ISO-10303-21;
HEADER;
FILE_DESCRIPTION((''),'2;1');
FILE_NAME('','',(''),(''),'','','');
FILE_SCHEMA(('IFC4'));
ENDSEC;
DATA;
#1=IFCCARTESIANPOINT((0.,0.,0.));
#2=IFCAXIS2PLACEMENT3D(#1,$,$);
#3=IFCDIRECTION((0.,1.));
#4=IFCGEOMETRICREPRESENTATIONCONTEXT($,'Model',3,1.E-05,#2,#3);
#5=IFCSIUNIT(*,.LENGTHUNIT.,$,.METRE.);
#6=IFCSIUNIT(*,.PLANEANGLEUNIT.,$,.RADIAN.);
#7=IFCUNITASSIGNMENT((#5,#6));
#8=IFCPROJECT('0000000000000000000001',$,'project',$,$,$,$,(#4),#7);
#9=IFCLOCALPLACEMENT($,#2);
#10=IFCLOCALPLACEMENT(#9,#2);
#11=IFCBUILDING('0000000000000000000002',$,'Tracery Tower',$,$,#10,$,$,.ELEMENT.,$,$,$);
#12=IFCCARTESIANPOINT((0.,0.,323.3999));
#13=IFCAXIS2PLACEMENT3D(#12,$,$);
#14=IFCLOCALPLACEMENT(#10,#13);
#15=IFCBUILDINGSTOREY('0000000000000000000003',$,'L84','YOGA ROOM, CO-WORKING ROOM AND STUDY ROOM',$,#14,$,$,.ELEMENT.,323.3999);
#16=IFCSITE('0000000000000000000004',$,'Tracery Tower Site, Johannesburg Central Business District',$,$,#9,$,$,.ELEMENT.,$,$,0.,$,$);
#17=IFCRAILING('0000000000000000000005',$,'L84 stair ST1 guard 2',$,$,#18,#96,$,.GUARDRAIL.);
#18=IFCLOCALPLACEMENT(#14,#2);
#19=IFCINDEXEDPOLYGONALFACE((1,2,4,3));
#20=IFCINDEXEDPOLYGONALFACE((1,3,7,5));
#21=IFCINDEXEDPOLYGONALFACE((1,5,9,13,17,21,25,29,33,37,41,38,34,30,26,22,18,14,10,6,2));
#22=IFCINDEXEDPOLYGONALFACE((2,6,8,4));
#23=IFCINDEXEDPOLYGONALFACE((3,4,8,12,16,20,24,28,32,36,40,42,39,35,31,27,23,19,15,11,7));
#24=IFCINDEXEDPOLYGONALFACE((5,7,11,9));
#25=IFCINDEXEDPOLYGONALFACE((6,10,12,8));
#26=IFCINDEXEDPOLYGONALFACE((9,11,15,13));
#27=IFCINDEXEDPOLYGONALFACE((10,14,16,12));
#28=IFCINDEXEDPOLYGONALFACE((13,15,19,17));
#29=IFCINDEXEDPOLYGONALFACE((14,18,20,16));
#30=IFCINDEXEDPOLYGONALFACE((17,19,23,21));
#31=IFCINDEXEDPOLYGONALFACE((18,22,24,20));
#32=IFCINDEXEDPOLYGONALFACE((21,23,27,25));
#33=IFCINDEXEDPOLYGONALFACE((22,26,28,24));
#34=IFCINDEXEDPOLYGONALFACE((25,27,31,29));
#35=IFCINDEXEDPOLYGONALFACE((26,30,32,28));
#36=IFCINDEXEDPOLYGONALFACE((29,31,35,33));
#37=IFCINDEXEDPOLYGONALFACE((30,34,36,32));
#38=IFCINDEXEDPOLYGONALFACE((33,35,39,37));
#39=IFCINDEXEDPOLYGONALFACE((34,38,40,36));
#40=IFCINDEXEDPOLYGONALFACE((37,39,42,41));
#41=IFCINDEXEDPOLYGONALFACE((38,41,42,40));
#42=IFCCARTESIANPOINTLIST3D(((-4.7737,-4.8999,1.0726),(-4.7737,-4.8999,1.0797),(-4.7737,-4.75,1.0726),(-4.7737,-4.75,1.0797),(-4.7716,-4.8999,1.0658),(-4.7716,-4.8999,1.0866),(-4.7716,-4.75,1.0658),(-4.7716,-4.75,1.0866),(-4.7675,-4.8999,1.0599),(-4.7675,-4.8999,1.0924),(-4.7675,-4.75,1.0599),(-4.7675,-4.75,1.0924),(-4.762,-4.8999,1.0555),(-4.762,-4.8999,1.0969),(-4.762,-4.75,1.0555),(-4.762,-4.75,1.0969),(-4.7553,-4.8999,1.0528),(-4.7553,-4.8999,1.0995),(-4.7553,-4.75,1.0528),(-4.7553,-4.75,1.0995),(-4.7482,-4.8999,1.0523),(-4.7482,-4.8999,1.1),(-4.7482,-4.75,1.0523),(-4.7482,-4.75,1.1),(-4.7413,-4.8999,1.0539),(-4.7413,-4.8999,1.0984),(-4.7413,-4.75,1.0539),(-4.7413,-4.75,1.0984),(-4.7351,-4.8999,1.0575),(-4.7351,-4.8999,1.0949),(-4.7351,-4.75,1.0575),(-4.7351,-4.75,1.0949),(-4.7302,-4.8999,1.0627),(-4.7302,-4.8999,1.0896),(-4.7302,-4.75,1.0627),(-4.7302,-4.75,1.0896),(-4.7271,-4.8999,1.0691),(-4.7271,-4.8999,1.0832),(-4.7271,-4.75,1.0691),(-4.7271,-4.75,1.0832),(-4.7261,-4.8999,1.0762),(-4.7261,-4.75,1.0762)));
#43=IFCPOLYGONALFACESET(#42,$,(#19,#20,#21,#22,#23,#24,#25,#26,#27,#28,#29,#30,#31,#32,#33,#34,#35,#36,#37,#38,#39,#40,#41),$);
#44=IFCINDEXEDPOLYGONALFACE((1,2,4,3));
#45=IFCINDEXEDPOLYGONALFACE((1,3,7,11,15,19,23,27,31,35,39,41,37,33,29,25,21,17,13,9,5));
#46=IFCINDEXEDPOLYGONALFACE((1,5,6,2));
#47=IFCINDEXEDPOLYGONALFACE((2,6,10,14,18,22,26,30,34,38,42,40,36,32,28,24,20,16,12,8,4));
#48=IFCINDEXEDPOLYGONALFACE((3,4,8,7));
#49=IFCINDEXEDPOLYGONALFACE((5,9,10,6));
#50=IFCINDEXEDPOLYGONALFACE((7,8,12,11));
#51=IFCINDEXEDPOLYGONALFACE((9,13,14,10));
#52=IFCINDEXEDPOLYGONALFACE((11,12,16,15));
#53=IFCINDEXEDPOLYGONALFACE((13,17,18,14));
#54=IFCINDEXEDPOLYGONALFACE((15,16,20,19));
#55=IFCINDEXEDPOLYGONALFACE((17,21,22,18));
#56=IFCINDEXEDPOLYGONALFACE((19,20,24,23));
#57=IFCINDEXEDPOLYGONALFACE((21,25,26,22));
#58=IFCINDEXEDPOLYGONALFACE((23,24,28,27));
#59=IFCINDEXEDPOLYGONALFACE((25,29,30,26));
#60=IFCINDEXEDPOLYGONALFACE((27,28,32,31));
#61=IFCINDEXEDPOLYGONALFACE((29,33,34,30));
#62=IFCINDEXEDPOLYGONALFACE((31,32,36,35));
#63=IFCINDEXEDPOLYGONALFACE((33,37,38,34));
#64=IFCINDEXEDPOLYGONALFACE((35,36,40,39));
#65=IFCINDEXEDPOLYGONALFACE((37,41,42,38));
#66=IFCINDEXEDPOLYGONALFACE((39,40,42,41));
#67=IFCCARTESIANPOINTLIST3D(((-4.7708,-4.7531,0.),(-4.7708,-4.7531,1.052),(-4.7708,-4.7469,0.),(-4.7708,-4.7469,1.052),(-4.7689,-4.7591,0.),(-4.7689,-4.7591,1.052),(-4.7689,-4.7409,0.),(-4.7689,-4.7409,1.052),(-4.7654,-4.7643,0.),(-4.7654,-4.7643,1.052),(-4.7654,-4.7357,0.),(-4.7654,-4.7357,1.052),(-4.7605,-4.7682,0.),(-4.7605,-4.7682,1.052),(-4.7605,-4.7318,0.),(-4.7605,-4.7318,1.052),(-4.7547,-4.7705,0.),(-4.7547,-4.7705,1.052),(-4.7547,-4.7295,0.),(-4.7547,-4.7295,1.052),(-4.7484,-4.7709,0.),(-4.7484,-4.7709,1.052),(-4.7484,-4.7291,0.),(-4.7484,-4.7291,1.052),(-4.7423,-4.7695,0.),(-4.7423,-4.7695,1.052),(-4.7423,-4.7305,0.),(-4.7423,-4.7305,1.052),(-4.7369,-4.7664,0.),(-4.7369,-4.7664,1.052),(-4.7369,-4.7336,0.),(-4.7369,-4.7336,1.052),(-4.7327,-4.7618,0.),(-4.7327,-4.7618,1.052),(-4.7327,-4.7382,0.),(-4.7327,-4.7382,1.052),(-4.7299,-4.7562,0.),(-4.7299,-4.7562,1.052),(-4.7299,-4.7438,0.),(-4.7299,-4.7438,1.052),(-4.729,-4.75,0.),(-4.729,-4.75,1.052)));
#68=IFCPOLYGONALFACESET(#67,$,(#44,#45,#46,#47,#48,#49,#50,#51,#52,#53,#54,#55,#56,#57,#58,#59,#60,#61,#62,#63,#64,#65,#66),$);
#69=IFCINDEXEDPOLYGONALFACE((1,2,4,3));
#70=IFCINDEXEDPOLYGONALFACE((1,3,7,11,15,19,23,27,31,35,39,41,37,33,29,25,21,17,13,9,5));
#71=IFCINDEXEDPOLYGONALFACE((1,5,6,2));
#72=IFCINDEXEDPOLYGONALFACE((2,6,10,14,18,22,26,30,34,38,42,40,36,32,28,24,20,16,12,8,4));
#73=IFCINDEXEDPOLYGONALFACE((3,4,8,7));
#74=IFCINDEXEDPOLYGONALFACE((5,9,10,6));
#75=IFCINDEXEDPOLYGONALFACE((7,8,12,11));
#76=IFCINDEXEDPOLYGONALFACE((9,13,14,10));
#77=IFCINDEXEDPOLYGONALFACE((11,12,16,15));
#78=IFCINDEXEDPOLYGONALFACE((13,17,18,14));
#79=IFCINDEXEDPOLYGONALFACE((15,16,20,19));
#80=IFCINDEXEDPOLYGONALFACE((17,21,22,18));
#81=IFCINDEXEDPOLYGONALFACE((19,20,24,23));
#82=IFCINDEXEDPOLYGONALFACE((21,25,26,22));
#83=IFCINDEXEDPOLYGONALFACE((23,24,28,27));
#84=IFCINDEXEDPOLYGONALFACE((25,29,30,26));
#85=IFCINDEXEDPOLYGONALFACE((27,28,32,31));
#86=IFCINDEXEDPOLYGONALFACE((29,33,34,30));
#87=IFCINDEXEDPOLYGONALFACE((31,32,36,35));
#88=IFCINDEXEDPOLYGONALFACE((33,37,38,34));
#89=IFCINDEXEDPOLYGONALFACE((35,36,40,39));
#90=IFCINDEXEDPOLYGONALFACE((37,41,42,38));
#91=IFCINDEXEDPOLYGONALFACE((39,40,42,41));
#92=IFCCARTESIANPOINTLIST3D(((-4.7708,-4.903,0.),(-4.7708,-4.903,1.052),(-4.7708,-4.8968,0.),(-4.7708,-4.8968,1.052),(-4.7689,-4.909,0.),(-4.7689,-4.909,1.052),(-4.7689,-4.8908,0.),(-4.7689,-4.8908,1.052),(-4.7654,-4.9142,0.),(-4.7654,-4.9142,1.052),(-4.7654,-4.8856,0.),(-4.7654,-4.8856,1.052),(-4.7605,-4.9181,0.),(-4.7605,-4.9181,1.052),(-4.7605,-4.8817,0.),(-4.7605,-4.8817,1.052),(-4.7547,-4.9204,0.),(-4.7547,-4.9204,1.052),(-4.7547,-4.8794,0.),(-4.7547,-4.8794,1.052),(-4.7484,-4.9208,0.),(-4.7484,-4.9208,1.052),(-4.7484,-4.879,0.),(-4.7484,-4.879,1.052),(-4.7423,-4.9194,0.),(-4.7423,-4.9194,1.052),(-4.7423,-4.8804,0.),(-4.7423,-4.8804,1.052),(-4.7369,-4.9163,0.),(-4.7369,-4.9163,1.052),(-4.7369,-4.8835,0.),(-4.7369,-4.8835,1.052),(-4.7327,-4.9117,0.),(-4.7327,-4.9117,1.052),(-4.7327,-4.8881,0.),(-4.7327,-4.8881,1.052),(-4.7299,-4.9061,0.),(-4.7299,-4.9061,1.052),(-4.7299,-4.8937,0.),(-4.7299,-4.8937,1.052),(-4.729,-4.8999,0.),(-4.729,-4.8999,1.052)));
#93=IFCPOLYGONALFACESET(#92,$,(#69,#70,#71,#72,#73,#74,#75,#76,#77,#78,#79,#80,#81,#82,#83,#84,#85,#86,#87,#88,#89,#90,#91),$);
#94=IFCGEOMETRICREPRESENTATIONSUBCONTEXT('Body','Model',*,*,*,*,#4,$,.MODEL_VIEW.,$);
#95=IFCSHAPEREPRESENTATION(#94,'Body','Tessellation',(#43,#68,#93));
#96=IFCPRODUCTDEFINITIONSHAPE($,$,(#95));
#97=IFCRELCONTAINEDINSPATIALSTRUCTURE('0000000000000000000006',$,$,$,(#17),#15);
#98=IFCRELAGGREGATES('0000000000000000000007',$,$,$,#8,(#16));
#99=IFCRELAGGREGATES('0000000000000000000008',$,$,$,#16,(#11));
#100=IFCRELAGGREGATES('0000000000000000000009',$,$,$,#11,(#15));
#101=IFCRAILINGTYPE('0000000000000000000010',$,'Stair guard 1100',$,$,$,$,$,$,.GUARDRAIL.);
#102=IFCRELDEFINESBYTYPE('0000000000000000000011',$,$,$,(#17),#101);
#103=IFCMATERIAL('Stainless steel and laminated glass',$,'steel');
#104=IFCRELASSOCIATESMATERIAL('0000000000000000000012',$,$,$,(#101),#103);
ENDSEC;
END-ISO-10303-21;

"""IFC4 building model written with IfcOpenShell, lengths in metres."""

from ifc_helpers import new_model, si_unit, direction, frame, origin, origin_2d, place, context, subcontext, project, spatial, circle, extrude, material, type_object, element, save


model = new_model("IFC4")

# Units and contexts
model_context = context("Model", 3, precision=1e-05, world=origin(), true_north=direction((0.0, 1.0)))
body_context = subcontext(model_context, "Body", "Model", "MODEL_VIEW")
ifc_project = project(units=[si_unit("LENGTHUNIT", "METRE"), si_unit("PLANEANGLEUNIT", "RADIAN")], contexts=[model_context])

# Site, building, storey
site_placement = place(None, origin())
site = spatial("IfcSite", under=ifc_project, at=site_placement, Name="Tracery Tower Site, Johannesburg Central Business District", CompositionType="ELEMENT", RefElevation=0.0)
building_placement = place(site_placement, origin())
building = spatial("IfcBuilding", under=site, at=building_placement, Name="Tracery Tower", CompositionType="ELEMENT")
storey_placement = place(building_placement, frame((0.0, 0.0, 323.3999)))
storey = spatial("IfcBuildingStorey", under=building, at=storey_placement, Name="L84", Description="YOGA ROOM, CO-WORKING ROOM AND STUDY ROOM", CompositionType="ELEMENT", Elevation=323.3999)

# Railing
ifc_material_1 = material(Name="Stainless steel and laminated glass", Category="steel")
railing_type_1 = type_object("IfcRailingType", Name="Stair guard 1100", PredefinedType="GUARDRAIL", material=ifc_material_1)
railing_1_placement = place(storey_placement, frame((-4.75, -4.75, 0.0)))
element("IfcRailing", 1, at=railing_1_placement, inside=storey, type_object=railing_type_1, Name="L84 stair ST1 guard 2", PredefinedType="GUARDRAIL", context=body_context, shape_type="SweptSolid", body=[
    extrude(circle(Radius=0.0239, at=origin_2d()), frame((0.0, 0.0, 1.0762), z_axis=(0.0, -1.0, 0.0), x_axis=(1.0, 0.0, 0.0)), (0.0, 0.0, 1.0), 0.1499),
    extrude(circle(Radius=0.021, at=origin_2d()), origin(), (0.0, 0.0, 1.0), 1.052),
    extrude(circle(Radius=0.021, at=origin_2d()), frame((0.0, -0.1499, 0.0)), (0.0, 0.0, 1.0), 1.052),
])

save(model, "model.ifc")
